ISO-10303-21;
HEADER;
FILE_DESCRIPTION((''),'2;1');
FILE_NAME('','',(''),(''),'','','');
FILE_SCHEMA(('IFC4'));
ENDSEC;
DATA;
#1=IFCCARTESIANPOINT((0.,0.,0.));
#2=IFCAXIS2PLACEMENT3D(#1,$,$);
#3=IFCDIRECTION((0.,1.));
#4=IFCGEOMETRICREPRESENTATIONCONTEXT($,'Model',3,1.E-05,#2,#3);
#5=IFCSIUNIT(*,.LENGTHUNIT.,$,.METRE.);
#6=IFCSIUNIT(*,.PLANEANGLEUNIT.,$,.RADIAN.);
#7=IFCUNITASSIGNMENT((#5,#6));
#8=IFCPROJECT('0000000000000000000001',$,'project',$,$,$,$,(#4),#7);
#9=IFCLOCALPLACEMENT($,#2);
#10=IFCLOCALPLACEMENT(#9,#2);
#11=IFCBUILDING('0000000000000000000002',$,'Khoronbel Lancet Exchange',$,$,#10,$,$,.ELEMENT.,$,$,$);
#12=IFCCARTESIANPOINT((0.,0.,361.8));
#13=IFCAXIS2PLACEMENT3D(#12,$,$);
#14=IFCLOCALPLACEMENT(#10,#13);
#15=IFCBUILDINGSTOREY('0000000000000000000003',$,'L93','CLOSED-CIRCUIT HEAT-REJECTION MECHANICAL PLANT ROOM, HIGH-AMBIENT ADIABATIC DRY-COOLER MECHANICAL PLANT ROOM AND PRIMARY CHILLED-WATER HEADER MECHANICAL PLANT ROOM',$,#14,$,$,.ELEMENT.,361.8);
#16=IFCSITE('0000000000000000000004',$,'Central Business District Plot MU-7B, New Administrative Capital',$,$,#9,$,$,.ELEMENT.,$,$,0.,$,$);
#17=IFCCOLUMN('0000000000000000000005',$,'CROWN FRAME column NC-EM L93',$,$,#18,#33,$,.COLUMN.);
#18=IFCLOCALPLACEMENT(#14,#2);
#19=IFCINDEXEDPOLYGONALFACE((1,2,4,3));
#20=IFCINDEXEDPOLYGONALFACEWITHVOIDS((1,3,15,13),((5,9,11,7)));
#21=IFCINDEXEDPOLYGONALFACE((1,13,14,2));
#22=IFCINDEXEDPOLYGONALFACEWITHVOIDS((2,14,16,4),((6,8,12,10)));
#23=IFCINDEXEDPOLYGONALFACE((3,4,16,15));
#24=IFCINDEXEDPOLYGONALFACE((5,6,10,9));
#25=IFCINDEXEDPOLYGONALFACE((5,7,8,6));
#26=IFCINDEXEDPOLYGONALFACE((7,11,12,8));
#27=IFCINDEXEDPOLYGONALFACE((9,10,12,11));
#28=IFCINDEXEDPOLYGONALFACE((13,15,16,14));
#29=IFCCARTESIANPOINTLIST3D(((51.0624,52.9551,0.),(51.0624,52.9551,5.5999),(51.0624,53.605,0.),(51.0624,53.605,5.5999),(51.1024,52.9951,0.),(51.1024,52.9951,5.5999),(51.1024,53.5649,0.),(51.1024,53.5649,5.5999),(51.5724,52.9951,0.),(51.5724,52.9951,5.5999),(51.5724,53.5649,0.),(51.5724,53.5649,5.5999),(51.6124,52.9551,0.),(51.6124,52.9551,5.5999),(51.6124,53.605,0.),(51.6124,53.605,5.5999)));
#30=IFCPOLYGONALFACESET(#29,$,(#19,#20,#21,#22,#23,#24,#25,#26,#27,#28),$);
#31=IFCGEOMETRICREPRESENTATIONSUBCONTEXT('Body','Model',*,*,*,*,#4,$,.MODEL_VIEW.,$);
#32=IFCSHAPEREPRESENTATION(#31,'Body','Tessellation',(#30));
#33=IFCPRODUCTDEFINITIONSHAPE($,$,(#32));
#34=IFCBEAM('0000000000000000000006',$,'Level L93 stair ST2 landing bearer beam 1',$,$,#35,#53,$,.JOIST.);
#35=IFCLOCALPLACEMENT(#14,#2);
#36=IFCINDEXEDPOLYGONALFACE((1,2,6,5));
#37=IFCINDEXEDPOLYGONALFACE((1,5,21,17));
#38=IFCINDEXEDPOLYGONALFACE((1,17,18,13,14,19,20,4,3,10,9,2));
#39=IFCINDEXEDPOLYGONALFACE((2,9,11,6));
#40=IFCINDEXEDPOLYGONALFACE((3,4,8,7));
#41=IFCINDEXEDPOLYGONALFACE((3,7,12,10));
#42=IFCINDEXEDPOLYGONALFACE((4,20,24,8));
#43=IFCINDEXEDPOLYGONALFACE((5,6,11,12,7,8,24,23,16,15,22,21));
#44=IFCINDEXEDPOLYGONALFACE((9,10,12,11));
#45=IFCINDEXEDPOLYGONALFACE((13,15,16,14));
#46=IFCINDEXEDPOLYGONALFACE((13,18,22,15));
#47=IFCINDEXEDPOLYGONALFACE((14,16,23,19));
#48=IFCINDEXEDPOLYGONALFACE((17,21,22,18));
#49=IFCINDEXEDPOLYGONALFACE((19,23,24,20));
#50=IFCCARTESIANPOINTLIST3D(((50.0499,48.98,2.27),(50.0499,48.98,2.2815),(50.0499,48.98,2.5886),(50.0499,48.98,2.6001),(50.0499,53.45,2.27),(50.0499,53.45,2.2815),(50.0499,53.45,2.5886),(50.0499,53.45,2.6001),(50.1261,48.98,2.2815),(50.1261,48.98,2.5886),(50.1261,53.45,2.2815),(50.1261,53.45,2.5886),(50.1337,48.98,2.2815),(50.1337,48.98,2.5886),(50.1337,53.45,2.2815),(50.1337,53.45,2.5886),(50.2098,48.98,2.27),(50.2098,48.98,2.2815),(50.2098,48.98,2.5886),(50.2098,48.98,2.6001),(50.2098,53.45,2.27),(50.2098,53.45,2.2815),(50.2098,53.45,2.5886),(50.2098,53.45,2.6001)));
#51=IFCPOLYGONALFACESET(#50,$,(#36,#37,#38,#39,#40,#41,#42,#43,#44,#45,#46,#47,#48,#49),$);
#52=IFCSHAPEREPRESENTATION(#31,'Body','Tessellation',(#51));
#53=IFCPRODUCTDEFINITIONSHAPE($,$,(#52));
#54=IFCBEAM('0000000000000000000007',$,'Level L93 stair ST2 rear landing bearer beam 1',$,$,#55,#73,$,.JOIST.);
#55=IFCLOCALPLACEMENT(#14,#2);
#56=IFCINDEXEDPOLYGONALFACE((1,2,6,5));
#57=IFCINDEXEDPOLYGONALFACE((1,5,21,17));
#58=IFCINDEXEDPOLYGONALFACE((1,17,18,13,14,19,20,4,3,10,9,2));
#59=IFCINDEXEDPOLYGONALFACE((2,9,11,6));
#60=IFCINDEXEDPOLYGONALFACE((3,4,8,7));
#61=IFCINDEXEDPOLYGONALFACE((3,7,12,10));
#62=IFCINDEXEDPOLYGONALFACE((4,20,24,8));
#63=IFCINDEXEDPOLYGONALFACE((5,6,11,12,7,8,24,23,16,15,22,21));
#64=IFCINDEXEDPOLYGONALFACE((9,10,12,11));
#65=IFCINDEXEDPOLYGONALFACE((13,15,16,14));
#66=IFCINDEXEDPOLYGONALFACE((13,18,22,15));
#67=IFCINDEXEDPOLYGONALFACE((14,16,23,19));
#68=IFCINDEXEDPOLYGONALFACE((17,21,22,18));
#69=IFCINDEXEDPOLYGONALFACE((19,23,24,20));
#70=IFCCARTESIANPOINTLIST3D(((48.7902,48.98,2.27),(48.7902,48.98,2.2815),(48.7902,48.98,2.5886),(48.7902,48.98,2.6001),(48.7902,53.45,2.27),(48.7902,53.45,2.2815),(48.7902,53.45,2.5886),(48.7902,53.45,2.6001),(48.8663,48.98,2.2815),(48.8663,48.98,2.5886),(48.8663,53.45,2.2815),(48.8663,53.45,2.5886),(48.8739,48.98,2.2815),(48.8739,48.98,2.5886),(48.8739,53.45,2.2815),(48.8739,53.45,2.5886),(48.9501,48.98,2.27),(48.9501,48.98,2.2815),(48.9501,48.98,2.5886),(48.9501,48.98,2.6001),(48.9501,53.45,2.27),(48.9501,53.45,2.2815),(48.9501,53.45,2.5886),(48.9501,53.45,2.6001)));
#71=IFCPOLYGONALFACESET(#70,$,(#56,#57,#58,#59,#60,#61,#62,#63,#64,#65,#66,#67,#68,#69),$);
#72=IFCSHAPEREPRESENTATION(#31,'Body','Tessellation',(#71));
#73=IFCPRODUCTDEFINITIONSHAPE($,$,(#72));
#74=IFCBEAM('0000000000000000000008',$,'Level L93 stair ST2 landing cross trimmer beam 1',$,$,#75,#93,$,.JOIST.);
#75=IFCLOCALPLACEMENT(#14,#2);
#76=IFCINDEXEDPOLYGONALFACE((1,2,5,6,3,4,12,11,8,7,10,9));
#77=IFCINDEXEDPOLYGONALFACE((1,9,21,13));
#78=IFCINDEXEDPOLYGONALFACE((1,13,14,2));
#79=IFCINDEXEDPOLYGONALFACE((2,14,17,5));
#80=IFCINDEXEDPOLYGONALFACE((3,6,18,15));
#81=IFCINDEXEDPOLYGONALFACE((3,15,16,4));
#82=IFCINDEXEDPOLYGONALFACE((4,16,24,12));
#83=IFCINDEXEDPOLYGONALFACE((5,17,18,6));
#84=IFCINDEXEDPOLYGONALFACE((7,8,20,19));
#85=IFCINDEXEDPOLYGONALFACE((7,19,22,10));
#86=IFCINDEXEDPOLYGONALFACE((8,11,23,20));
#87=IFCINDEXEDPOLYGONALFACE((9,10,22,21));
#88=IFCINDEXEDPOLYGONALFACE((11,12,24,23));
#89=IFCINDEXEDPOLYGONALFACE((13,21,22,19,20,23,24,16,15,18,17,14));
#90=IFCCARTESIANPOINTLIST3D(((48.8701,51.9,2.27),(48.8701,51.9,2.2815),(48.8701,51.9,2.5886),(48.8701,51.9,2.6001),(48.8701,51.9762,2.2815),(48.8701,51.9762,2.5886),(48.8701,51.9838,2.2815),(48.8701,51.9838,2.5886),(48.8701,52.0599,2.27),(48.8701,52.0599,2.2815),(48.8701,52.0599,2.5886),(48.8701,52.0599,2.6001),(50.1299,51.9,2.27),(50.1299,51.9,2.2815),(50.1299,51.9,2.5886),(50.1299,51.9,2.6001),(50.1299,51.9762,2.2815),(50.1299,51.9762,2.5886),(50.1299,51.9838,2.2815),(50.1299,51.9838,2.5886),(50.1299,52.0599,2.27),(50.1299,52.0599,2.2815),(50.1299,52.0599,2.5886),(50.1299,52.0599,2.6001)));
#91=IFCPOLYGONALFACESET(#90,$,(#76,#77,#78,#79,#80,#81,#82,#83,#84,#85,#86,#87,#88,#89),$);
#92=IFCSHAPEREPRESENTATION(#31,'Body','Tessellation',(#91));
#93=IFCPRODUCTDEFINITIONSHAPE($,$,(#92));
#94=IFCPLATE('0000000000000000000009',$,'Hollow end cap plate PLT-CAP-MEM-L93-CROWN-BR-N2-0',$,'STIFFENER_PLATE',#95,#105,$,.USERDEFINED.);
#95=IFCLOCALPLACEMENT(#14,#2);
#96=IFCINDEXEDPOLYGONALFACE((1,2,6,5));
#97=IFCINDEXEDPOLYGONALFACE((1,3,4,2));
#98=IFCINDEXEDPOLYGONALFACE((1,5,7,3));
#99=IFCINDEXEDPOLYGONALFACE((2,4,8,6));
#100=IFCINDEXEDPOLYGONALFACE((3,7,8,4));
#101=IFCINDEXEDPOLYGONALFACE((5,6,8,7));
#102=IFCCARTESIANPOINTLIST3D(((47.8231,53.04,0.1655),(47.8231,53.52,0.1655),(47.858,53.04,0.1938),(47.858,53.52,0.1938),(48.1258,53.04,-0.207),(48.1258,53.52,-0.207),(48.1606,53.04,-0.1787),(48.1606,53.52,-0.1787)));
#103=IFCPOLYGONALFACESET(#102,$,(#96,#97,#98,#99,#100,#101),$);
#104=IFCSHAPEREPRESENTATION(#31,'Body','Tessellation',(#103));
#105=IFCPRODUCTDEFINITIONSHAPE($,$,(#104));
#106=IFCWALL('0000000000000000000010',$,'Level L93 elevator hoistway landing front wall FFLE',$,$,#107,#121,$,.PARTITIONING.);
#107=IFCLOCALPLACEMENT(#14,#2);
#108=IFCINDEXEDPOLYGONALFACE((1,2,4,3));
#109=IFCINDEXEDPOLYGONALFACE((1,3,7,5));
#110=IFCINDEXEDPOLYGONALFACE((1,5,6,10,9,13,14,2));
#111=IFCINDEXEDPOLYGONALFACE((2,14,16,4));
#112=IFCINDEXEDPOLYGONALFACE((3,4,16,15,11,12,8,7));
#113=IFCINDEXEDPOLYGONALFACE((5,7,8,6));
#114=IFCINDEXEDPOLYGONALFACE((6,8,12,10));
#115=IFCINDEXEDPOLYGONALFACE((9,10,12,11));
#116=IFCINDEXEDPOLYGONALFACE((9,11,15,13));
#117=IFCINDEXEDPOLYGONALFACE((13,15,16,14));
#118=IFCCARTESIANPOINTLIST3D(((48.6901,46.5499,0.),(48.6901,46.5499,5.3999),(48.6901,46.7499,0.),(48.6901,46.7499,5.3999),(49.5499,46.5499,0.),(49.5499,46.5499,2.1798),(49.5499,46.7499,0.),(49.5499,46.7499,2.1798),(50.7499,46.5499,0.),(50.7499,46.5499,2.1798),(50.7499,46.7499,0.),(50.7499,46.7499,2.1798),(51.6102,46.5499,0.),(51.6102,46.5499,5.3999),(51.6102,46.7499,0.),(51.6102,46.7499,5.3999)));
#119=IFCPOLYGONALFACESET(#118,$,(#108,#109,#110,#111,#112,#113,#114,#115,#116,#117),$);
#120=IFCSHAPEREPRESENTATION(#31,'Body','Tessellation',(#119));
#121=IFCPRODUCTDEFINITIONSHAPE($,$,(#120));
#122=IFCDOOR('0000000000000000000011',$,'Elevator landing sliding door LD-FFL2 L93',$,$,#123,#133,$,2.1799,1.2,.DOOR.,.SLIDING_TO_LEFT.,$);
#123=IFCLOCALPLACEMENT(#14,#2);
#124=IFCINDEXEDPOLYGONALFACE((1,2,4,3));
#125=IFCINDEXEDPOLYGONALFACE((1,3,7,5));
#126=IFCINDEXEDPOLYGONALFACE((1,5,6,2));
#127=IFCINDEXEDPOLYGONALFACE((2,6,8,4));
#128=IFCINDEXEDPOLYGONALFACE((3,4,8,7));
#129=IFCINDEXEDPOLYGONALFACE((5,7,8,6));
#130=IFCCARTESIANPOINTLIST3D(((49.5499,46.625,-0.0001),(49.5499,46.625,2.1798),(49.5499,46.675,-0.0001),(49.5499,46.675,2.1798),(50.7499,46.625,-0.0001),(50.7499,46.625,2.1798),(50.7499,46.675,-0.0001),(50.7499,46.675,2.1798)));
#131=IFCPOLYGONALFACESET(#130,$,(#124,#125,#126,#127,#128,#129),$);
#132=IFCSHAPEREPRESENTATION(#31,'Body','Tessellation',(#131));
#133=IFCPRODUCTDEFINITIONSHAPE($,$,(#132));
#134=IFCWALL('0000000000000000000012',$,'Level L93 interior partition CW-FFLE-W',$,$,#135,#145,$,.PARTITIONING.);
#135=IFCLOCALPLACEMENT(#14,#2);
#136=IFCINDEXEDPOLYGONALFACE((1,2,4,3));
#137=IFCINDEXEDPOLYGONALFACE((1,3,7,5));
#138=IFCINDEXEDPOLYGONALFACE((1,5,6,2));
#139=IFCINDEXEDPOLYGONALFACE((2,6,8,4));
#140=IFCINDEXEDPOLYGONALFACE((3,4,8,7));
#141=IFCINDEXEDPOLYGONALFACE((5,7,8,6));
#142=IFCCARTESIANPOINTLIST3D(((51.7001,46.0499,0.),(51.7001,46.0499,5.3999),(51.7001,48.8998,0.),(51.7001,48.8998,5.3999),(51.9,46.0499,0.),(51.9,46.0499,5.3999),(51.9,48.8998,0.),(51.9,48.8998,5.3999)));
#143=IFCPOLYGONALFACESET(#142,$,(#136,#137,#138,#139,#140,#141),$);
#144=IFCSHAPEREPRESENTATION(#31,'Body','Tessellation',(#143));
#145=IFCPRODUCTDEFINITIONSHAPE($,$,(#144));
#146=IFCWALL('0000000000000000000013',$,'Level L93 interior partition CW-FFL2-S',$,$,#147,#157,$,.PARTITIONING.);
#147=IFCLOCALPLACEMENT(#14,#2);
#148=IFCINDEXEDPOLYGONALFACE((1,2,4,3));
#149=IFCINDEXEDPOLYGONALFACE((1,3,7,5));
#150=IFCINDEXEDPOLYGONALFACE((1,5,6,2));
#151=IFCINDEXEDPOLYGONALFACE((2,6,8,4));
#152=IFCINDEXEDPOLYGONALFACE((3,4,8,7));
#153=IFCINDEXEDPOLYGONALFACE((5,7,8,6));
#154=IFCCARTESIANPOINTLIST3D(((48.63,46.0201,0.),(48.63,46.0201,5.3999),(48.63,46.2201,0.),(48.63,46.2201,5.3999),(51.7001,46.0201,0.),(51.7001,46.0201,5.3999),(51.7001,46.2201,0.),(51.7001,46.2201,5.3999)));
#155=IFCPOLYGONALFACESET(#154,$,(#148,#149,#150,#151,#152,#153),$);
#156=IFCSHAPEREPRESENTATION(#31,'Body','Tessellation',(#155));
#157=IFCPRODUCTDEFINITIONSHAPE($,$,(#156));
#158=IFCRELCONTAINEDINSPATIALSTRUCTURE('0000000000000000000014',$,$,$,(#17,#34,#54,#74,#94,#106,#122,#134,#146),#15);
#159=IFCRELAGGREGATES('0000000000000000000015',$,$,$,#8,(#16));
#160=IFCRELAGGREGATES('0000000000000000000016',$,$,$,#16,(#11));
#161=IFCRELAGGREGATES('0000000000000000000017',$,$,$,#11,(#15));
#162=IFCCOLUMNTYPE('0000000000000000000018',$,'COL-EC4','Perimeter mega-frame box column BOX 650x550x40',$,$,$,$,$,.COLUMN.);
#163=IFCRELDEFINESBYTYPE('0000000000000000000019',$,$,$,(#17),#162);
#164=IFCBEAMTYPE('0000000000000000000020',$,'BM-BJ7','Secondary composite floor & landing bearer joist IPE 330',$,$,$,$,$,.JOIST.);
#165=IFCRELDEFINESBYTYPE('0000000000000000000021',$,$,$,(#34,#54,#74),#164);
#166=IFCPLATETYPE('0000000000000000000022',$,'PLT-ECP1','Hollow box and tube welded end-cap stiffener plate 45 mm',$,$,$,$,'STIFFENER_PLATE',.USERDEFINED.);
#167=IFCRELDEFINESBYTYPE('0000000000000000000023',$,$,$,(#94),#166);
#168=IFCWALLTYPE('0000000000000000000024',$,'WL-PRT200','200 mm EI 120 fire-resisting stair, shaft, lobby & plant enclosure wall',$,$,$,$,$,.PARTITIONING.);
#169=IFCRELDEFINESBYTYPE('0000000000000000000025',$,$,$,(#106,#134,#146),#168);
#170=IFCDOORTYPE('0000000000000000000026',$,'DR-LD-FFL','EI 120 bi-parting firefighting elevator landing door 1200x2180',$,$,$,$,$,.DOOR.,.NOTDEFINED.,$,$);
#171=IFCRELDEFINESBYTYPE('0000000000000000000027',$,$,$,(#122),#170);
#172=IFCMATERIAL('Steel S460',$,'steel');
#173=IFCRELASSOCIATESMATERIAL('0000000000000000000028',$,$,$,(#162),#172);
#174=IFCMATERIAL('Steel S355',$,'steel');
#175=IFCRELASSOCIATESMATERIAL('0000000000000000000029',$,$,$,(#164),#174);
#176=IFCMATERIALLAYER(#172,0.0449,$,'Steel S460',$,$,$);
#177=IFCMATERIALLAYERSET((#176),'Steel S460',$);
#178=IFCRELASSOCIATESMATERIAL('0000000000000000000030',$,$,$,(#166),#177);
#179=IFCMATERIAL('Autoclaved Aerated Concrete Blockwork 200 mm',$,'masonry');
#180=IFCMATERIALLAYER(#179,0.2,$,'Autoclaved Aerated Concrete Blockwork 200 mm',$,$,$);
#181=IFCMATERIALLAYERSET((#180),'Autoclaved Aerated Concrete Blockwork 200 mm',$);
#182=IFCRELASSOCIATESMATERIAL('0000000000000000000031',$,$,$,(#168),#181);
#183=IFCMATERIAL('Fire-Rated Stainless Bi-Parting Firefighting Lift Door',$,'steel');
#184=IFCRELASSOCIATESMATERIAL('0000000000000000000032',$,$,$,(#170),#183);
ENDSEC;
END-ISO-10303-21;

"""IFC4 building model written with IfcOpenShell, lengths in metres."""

from ifc_helpers import new_model, si_unit, direction, frame, frame_2d, origin, origin_2d, place, context, subcontext, project, spatial, polyline, rectangle, hollow_rectangle, i_section, outline, extrude, material, layer, layer_set, material_profile, profile_set, type_object, element, fill, save


model = new_model("IFC4")

# Units and contexts
model_context = context("Model", 3, precision=1e-05, world=origin(), true_north=direction((0.0, 1.0)))
body_context = subcontext(model_context, "Body", "Model", "MODEL_VIEW")
ifc_project = project(units=[si_unit("LENGTHUNIT", "METRE"), si_unit("PLANEANGLEUNIT", "RADIAN")], contexts=[model_context])

# Site, building, storey
site_placement = place(None, origin())
site = spatial("IfcSite", under=ifc_project, at=site_placement, Name="Central Business District Plot MU-7B, New Administrative Capital", CompositionType="ELEMENT", RefElevation=0.0)
building_placement = place(site_placement, origin())
building = spatial("IfcBuilding", under=site, at=building_placement, Name="Khoronbel Lancet Exchange", CompositionType="ELEMENT")
storey_placement = place(building_placement, frame((0.0, 0.0, 361.8)))
storey = spatial("IfcBuildingStorey", under=building, at=storey_placement, Name="L93", Description="CLOSED-CIRCUIT HEAT-REJECTION MECHANICAL PLANT ROOM, HIGH-AMBIENT ADIABATIC DRY-COOLER MECHANICAL PLANT ROOM AND PRIMARY CHILLED-WATER HEADER MECHANICAL PLANT ROOM", CompositionType="ELEMENT", Elevation=361.8)

# Column
ifc_material_1 = material(Name="Steel S460", Category="steel")
ifc_material_profile_1 = material_profile(ifc_material_1, hollow_rectangle(XDim=0.55, YDim=0.6499, WallThickness=0.04, at=origin_2d()), Name="BOX 650x550x40")
ifc_profile_set_1 = profile_set([ifc_material_profile_1], Name="Steel S460")
column_type = type_object("IfcColumnType", Name="COL-EC4", Description="Perimeter mega-frame box column BOX 650x550x40", PredefinedType="COLUMN", material=ifc_profile_set_1)
column_placement = place(storey_placement, frame((51.3374, 53.28, 0.0), z_axis=(0.0, 0.0, 1.0), x_axis=(1.0, 0.0, 0.0)))
element("IfcColumn", 1, at=column_placement, inside=storey, type_object=column_type, Name="CROWN FRAME column NC-EM L93", PredefinedType="COLUMN", context=body_context, shape_type="SweptSolid", body=[
    extrude(hollow_rectangle(XDim=0.55, YDim=0.6499, WallThickness=0.04, at=origin_2d()), origin(), (0.0, 0.0, 1.0), 5.5999),
])

# Beams
ifc_material_2 = material(Name="Steel S355", Category="steel")
ifc_material_profile_2 = material_profile(ifc_material_2, i_section(OverallWidth=0.1599, OverallDepth=0.3301, WebThickness=0.0076, FlangeThickness=0.0115, at=origin_2d()), Name="IPE 330")
ifc_profile_set_2 = profile_set([ifc_material_profile_2], Name="Steel S355")
beam_type = type_object("IfcBeamType", Name="BM-BJ7", Description="Secondary composite floor & landing bearer joist IPE 330", PredefinedType="JOIST", material=ifc_profile_set_2)
for number, where, z_axis, x_axis, name in (
    (2, (50.1299, 48.98, 2.4351), (0.0, 1.0, 0.0), (-1.0, 0.0, 0.0), "Level L93 stair ST2 landing bearer beam 1"),
    (3, (48.8701, 48.98, 2.4351), (0.0, 1.0, 0.0), (-1.0, 0.0, 0.0), "Level L93 stair ST2 rear landing bearer beam 1"),
):
    element("IfcBeam", number, at=place(storey_placement, frame(where, z_axis=z_axis, x_axis=x_axis)), inside=storey, type_object=beam_type, Name=name, PredefinedType="JOIST", context=body_context, shape_type="SweptSolid", body=[
        extrude(i_section(OverallWidth=0.1599, OverallDepth=0.3301, WebThickness=0.0076, FlangeThickness=0.0115, at=origin_2d()), origin(), (0.0, 0.0, 1.0), 4.47),
    ])
beam_placement = place(storey_placement, frame((48.8701, 51.98, 2.4351), z_axis=(1.0, 0.0, 0.0), x_axis=(0.0, 1.0, 0.0)))
element("IfcBeam", 4, at=beam_placement, inside=storey, type_object=beam_type, Name="Level L93 stair ST2 landing cross trimmer beam 1", PredefinedType="JOIST", context=body_context, shape_type="SweptSolid", body=[
    extrude(i_section(OverallWidth=0.1599, OverallDepth=0.3301, WebThickness=0.0076, FlangeThickness=0.0115, at=origin_2d()), origin(), (0.0, 0.0, 1.0), 1.2598),
])

# Plate
ifc_layer_1 = layer(ifc_material_1, 0.0449, Name="Steel S460")
ifc_layer_set_1 = layer_set([ifc_layer_1], Name="Steel S460")
plate_type = type_object("IfcPlateType", Name="PLT-ECP1", Description="Hollow box and tube welded end-cap stiffener plate 45 mm", ElementType="STIFFENER_PLATE", PredefinedType="USERDEFINED", material=ifc_layer_set_1)
plate_placement = place(storey_placement, frame((48.1606, 53.04, -0.1787), z_axis=(0.776083, 0.0, 0.630631), x_axis=(0.0, 1.0, 0.0)))
element("IfcPlate", 5, at=plate_placement, inside=storey, type_object=plate_type, Name="Hollow end cap plate PLT-CAP-MEM-L93-CROWN-BR-N2-0", ObjectType="STIFFENER_PLATE", PredefinedType="USERDEFINED", context=body_context, shape_type="SweptSolid", body=[
    extrude(outline(polyline([(0.0, 0.0), (0.48, 0.0), (0.48, 0.48), (0.0, 0.48), (0.0, 0.0)])), origin(), (0.0, 0.0, -1.0), 0.0449),
])

# Wall, opening, door
ifc_material_3 = material(Name="Autoclaved Aerated Concrete Blockwork 200 mm", Category="masonry")
ifc_layer_2 = layer(ifc_material_3, 0.2, Name="Autoclaved Aerated Concrete Blockwork 200 mm")
ifc_layer_set_2 = layer_set([ifc_layer_2], Name="Autoclaved Aerated Concrete Blockwork 200 mm")
wall_type_1 = type_object("IfcWallType", Name="WL-PRT200", Description="200 mm EI 120 fire-resisting stair, shaft, lobby & plant enclosure wall", PredefinedType="PARTITIONING", material=ifc_layer_set_2)
wall_1_placement = place(storey_placement, frame((51.6101, 46.6499, 0.0), z_axis=(0.0, 0.0, 1.0), x_axis=(-1.0, 0.0, 0.0)))
wall_1 = element("IfcWall", 6, at=wall_1_placement, inside=storey, type_object=wall_type_1, Name="Level L93 elevator hoistway landing front wall FFLE", PredefinedType="PARTITIONING", context=body_context, shape_type="SweptSolid", body=[
    extrude(rectangle(XDim=2.9202, YDim=0.2, at=frame_2d((1.46, 0.0))), origin(), (0.0, 0.0, 1.0), 5.3999),
])
opening_1_placement = place(wall_1_placement, frame((0.8601, 0.0, 0.0)))
opening_1 = element("IfcOpeningElement", 7, at=opening_1_placement, cuts=wall_1, PredefinedType="OPENING", context=body_context, shape_type="SweptSolid", body=[
    extrude(rectangle(XDim=1.2, YDim=2.1799, at=frame_2d((0.6001, 1.0898))), frame((0.0, 0.1099, 0.0), z_axis=(0.0, -1.0, 0.0), x_axis=(1.0, 0.0, 0.0)), (0.0, 0.0, 1.0), 0.22),
])
ifc_material_4 = material(Name="Fire-Rated Stainless Bi-Parting Firefighting Lift Door", Category="steel")
door_type_1 = type_object("IfcDoorType", Name="DR-LD-FFL", Description="EI 120 bi-parting firefighting elevator landing door 1200x2180", OperationType="NOTDEFINED", PredefinedType="DOOR", material=ifc_material_4)
door_1_placement = place(opening_1_placement, origin())
door_1 = element("IfcDoor", 8, at=door_1_placement, inside=storey, type_object=door_type_1, Name="Elevator landing sliding door LD-FFL2 L93", OperationType="SLIDING_TO_LEFT", OverallHeight=2.1799, OverallWidth=1.2, PredefinedType="DOOR", context=body_context, shape_type="SweptSolid", body=[
    extrude(rectangle(XDim=1.2, YDim=2.1799, at=frame_2d((0.6001, 1.0898))), frame((0.0, 0.0249, 0.0), z_axis=(0.0, -1.0, 0.0), x_axis=(1.0, 0.0, 0.0)), (0.0, 0.0, 1.0), 0.05),
])
fill(opening_1, door_1)

# Walls
wall_2_placement = place(storey_placement, frame((51.8, 46.05, 0.0), z_axis=(0.0, 0.0, 1.0), x_axis=(0.0, 1.0, 0.0)))
element("IfcWall", 9, at=wall_2_placement, inside=storey, type_object=wall_type_1, Name="Level L93 interior partition CW-FFLE-W", PredefinedType="PARTITIONING", context=body_context, shape_type="SweptSolid", body=[
    extrude(rectangle(XDim=2.8499, YDim=0.2, at=frame_2d((1.4248, 0.0))), origin(), (0.0, 0.0, 1.0), 5.3999),
])
wall_3_placement = place(storey_placement, frame((48.6299, 46.1201, 0.0), z_axis=(0.0, 0.0, 1.0), x_axis=(1.0, 0.0, 0.0)))
element("IfcWall", 10, at=wall_3_placement, inside=storey, type_object=wall_type_1, Name="Level L93 interior partition CW-FFL2-S", PredefinedType="PARTITIONING", context=body_context, shape_type="SweptSolid", body=[
    extrude(rectangle(XDim=3.0701, YDim=0.2, at=frame_2d((1.5352, 0.0))), origin(), (0.0, 0.0, 1.0), 5.3999),
])

save(model, "model.ifc")
